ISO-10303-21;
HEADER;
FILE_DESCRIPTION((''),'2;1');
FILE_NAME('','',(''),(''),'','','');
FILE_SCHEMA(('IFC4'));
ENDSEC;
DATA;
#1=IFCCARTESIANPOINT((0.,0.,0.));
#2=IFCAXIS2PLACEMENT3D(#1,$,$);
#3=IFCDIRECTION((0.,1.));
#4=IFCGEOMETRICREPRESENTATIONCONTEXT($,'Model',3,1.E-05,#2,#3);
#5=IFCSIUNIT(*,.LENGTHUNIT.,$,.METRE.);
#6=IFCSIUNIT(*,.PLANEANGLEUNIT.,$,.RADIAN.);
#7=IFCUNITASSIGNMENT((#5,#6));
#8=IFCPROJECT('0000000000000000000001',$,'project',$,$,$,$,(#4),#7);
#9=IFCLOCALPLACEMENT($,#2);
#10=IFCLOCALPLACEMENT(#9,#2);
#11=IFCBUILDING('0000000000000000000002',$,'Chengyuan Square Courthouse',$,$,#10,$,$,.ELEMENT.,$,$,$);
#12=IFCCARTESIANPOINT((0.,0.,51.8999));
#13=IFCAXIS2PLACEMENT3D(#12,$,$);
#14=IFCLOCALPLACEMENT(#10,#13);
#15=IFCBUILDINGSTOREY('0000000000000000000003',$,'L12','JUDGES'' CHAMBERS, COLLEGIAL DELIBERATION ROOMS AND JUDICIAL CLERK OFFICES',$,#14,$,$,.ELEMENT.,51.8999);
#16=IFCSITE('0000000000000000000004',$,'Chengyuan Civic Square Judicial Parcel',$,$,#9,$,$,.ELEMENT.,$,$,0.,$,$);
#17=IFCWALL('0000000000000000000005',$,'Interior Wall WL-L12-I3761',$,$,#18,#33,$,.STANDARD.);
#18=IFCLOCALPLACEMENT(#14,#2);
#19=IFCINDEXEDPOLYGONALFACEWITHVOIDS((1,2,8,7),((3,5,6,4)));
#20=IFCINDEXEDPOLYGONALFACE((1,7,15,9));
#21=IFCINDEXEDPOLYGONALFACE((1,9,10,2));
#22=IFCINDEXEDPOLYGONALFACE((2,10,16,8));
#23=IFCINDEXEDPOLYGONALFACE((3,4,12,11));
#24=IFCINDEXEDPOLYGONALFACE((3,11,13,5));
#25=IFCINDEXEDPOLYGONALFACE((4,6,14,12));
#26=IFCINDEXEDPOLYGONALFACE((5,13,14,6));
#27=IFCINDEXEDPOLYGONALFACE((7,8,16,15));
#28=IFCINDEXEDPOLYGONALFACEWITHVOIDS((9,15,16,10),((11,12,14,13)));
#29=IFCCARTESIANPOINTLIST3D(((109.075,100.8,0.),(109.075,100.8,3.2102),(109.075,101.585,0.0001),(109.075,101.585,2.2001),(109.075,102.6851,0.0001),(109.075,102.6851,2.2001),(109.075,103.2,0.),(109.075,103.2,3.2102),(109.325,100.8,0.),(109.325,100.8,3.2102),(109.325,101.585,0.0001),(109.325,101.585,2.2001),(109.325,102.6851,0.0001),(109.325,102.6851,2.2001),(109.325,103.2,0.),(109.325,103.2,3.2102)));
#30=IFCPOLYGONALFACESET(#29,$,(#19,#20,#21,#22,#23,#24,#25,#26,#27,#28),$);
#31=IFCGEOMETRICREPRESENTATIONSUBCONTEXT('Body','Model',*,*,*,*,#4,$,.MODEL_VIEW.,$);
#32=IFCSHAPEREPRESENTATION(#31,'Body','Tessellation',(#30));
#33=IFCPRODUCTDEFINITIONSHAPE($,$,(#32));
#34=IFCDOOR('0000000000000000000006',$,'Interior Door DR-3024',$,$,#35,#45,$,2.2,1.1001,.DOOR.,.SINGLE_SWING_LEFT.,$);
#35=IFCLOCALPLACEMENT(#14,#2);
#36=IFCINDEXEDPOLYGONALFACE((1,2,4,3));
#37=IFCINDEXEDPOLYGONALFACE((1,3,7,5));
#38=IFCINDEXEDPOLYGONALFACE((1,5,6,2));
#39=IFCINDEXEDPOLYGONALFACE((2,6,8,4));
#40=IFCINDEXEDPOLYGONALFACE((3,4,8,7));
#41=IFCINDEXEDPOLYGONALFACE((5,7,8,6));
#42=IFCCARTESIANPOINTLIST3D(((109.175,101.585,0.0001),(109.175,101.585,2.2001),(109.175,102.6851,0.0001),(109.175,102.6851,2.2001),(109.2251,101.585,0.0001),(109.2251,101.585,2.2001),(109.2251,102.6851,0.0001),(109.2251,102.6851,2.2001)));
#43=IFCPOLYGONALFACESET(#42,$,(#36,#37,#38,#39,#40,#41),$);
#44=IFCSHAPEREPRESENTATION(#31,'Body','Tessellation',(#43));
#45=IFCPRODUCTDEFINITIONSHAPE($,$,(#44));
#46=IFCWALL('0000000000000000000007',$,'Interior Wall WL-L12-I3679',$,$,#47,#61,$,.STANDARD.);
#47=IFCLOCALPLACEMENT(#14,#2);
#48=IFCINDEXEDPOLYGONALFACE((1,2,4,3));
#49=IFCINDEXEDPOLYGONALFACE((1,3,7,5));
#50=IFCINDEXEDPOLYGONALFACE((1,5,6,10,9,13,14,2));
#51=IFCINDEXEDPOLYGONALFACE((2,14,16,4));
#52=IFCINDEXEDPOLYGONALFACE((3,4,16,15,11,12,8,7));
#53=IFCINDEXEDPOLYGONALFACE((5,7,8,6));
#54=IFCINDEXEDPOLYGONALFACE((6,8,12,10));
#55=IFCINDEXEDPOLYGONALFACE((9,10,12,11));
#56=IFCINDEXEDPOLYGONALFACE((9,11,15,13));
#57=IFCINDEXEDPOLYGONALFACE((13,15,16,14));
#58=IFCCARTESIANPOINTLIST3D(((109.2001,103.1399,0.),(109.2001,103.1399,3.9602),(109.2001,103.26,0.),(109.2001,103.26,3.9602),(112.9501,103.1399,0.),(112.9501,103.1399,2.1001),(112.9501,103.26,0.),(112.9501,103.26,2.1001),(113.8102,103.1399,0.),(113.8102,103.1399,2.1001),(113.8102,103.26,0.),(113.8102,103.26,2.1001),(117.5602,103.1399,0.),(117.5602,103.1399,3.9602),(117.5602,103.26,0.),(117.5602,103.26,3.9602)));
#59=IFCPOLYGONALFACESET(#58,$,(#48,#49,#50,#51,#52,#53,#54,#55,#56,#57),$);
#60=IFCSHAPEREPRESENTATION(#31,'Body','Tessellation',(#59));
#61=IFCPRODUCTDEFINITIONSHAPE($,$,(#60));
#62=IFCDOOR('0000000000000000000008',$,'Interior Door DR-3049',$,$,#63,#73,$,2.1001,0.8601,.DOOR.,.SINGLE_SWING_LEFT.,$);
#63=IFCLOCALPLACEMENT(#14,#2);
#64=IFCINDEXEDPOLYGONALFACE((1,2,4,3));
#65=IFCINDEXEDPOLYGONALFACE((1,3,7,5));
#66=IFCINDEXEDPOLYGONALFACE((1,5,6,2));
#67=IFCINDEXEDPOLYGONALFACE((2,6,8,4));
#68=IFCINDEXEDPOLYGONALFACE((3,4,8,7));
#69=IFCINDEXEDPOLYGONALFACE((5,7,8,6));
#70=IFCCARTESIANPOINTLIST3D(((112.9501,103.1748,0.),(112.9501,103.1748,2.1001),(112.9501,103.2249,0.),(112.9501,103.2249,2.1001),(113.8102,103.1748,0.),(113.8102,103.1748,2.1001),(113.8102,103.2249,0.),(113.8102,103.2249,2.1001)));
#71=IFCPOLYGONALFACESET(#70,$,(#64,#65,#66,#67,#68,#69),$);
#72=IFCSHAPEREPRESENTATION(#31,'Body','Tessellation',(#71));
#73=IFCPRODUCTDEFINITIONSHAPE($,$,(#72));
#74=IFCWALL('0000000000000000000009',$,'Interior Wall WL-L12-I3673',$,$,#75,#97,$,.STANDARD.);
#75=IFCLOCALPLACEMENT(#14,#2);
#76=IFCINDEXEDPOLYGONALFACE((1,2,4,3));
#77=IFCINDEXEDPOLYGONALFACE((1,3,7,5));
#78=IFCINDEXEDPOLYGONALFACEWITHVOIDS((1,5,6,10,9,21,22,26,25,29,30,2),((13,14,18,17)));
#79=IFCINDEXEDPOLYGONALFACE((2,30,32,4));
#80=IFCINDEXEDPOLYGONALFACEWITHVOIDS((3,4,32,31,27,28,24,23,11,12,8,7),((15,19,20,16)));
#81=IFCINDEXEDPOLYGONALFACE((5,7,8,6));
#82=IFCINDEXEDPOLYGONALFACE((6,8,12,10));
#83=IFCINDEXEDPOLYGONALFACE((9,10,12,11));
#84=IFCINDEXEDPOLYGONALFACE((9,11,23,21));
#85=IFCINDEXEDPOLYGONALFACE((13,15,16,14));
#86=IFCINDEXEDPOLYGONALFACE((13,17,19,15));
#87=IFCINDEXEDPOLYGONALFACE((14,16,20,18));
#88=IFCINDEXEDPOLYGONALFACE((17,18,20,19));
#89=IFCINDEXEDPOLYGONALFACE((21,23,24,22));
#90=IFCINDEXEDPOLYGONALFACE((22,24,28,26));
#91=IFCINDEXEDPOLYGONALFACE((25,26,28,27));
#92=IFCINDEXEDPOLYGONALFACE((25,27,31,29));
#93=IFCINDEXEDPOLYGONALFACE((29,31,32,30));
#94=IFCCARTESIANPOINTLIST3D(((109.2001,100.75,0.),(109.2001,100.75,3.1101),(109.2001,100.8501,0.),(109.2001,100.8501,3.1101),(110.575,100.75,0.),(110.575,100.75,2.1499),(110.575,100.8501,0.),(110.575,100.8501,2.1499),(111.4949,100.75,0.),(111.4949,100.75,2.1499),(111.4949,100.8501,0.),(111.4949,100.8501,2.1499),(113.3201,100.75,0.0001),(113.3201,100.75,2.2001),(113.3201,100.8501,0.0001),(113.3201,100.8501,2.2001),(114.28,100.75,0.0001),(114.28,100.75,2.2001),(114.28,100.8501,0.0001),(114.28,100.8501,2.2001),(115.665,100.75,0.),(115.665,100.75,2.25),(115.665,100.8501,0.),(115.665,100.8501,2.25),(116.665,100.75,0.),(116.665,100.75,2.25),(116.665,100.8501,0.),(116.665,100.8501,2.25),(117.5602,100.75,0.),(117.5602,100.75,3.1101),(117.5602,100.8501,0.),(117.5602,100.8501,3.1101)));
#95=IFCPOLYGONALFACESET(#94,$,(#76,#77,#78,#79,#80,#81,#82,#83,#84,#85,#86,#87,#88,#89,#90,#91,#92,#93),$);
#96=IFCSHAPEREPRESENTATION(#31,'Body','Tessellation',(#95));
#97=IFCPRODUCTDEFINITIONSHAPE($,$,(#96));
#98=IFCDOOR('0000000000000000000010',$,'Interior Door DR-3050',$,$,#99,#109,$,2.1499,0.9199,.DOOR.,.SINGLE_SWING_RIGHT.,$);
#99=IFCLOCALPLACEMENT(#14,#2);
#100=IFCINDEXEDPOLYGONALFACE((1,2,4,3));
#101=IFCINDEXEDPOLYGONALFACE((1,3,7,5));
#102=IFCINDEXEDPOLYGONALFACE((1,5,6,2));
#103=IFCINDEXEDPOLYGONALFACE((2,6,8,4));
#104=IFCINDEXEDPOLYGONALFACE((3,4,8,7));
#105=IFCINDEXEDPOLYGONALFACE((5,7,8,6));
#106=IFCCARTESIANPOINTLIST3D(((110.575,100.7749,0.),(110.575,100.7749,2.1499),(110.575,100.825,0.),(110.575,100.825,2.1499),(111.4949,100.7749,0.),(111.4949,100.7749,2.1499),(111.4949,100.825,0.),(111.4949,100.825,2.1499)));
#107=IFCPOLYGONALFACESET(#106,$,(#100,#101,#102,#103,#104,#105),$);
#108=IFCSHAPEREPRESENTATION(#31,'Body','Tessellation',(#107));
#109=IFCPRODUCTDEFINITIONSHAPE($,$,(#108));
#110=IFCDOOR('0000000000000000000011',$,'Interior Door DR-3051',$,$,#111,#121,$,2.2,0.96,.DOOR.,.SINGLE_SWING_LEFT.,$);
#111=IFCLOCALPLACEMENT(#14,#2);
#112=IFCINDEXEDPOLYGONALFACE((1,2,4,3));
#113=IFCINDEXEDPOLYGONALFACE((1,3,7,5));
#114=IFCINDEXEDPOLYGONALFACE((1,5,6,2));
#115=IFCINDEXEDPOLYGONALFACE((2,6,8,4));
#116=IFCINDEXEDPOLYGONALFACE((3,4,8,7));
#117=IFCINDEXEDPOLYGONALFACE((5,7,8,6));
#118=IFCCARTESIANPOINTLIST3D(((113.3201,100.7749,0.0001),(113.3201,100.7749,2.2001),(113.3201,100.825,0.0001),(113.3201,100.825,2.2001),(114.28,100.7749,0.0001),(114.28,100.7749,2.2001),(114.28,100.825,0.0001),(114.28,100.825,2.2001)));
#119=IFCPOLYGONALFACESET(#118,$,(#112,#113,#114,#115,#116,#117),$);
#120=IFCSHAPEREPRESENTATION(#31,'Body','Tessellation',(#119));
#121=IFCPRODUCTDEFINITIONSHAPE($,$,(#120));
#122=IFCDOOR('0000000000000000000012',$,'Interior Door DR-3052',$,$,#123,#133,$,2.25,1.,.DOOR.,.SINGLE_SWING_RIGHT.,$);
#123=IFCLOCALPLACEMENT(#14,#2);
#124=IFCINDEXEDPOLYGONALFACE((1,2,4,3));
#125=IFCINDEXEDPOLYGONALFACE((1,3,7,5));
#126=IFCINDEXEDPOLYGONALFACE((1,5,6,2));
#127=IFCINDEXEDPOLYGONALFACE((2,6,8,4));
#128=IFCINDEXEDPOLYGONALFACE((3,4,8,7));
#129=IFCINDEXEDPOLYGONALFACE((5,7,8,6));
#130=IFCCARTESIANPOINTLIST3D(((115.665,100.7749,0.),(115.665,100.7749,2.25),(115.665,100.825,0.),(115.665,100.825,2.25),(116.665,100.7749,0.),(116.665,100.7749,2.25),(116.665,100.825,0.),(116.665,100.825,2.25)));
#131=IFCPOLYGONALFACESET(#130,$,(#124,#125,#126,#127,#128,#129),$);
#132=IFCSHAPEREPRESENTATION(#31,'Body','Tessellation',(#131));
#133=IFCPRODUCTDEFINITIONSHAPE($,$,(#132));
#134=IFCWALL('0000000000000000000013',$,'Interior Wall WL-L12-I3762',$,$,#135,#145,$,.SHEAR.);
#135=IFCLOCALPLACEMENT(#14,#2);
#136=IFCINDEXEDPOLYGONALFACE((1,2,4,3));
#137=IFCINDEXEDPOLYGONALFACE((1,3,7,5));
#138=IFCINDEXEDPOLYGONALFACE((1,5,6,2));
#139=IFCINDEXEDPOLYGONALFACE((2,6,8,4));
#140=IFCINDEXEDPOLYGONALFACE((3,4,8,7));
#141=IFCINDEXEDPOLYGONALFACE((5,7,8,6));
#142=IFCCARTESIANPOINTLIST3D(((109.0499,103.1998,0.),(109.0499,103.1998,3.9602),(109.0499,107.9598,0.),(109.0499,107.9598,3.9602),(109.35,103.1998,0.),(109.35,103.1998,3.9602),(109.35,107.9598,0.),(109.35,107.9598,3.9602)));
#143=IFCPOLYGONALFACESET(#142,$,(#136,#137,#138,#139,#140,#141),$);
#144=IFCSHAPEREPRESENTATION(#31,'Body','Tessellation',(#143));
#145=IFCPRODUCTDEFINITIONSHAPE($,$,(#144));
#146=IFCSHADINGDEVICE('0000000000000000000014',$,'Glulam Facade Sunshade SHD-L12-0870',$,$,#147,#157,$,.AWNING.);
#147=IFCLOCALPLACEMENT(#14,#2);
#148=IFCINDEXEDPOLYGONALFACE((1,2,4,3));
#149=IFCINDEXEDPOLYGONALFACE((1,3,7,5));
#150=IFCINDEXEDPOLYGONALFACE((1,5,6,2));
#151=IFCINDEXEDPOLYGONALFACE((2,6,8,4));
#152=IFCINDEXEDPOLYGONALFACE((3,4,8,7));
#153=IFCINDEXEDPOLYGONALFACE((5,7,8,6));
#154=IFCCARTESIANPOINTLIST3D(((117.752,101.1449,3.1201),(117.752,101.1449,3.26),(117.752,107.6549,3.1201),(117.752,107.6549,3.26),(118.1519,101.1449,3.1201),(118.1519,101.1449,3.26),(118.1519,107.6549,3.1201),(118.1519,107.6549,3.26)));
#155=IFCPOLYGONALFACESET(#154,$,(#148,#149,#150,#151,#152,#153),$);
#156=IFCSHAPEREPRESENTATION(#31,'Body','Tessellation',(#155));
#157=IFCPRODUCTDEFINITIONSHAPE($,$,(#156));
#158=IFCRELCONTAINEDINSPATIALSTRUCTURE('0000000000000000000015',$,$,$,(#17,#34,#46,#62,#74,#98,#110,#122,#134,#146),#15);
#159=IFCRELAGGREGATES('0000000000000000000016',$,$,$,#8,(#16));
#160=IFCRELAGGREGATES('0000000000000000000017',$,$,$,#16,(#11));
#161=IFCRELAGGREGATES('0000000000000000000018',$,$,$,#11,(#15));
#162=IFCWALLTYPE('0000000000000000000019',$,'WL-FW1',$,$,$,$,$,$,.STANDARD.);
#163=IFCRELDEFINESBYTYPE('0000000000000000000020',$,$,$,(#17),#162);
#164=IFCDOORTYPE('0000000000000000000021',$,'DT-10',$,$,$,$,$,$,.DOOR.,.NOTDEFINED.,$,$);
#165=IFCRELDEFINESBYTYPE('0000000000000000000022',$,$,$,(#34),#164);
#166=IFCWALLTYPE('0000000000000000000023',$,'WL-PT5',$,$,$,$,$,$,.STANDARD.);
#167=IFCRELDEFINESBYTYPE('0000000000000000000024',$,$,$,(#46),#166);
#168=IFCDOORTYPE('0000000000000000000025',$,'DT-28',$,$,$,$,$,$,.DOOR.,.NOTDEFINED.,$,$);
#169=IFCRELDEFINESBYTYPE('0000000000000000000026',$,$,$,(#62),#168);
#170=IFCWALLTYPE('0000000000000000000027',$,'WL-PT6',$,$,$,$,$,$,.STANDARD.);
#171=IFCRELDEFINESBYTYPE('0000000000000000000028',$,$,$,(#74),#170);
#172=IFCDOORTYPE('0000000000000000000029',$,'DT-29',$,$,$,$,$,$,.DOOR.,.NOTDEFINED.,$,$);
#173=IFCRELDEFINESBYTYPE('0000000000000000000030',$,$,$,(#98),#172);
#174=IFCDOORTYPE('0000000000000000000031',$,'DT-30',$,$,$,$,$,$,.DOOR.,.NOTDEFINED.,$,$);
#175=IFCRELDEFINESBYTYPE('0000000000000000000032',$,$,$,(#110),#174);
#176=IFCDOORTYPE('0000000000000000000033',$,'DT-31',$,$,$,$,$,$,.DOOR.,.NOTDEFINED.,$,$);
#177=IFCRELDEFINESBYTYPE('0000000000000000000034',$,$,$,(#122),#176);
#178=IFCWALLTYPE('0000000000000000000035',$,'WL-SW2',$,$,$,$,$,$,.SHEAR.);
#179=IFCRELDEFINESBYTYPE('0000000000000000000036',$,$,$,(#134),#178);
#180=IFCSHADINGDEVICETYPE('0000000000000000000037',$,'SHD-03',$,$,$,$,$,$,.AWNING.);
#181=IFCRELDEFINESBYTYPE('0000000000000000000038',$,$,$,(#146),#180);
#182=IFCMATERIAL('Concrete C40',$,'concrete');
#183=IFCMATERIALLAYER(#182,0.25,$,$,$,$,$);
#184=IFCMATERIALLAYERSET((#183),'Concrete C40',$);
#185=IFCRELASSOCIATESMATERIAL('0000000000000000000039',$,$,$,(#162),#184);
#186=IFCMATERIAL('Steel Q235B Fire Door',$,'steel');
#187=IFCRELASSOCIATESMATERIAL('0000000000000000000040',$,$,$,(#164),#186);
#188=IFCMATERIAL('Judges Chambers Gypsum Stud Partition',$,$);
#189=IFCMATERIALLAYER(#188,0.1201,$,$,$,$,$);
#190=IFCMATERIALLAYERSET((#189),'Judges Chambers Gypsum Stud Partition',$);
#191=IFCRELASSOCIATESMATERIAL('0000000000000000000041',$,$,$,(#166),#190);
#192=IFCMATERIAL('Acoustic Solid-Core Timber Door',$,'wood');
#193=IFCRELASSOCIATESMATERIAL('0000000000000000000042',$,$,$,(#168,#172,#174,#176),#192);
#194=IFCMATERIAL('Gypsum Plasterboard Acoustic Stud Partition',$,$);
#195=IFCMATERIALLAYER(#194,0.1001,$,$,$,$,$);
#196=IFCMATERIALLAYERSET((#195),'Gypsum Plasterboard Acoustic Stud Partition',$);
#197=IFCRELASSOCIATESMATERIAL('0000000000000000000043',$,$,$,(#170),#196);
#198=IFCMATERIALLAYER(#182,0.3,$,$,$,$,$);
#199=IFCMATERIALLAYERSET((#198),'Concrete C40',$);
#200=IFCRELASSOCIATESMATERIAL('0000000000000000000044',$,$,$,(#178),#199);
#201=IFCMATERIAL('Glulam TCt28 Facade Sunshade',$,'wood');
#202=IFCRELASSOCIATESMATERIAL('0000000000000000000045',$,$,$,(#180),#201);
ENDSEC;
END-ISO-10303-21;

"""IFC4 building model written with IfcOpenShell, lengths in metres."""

from ifc_helpers import new_model, si_unit, direction, frame, frame_2d, origin, origin_2d, place, context, subcontext, project, spatial, rectangle, extrude, material, layer, layer_set, type_object, element, fill, save


model = new_model("IFC4")

# Units and contexts
model_context = context("Model", 3, precision=1e-05, world=origin(), true_north=direction((0.0, 1.0)))
body_context = subcontext(model_context, "Body", "Model", "MODEL_VIEW")
ifc_project = project(units=[si_unit("LENGTHUNIT", "METRE"), si_unit("PLANEANGLEUNIT", "RADIAN")], contexts=[model_context])

# Site, building, storey
site_placement = place(None, origin())
site = spatial("IfcSite", under=ifc_project, at=site_placement, Name="Chengyuan Civic Square Judicial Parcel", CompositionType="ELEMENT", RefElevation=0.0)
building_placement = place(site_placement, origin())
building = spatial("IfcBuilding", under=site, at=building_placement, Name="Chengyuan Square Courthouse", CompositionType="ELEMENT")
storey_placement = place(building_placement, frame((0.0, 0.0, 51.8999)))
storey = spatial("IfcBuildingStorey", under=building, at=storey_placement, Name="L12", Description="JUDGES' CHAMBERS, COLLEGIAL DELIBERATION ROOMS AND JUDICIAL CLERK OFFICES", CompositionType="ELEMENT", Elevation=51.8999)

# Shared definitions
ifc_material_1 = material(Name="Concrete C40", Category="concrete")

# Walls, openings, doors
ifc_layer_1 = layer(ifc_material_1, 0.25)
ifc_layer_set_1 = layer_set([ifc_layer_1], Name="Concrete C40")
wall_type_1 = type_object("IfcWallType", Name="WL-FW1", PredefinedType="STANDARD", material=ifc_layer_set_1)
wall_1_placement = place(storey_placement, frame((109.2, 100.8, 0.0), z_axis=(0.0, 0.0, 1.0), x_axis=(0.0, 1.0, 0.0)))
wall_1 = element("IfcWall", 1, at=wall_1_placement, inside=storey, type_object=wall_type_1, Name="Interior Wall WL-L12-I3761", PredefinedType="STANDARD", context=body_context, shape_type="SweptSolid", body=[
    extrude(rectangle(XDim=2.3999, YDim=0.25, at=frame_2d((1.2, 0.0))), origin(), (0.0, 0.0, 1.0), 3.2102),
])
opening_1_placement = place(wall_1_placement, frame((0.7849, 0.0, 0.0)))
opening_1 = element("IfcOpeningElement", 2, at=opening_1_placement, cuts=wall_1, PredefinedType="OPENING", context=body_context, shape_type="SweptSolid", body=[
    extrude(rectangle(XDim=1.1001, YDim=2.2, at=frame_2d((0.55, 1.1001))), frame((0.0, 0.137, 0.0), z_axis=(0.0, -1.0, 0.0), x_axis=(1.0, 0.0, 0.0)), (0.0, 0.0, 1.0), 0.2739),
])
ifc_material_2 = material(Name="Steel Q235B Fire Door", Category="steel")
door_type_1 = type_object("IfcDoorType", Name="DT-10", OperationType="NOTDEFINED", PredefinedType="DOOR", material=ifc_material_2)
door_1_placement = place(opening_1_placement, origin())
door_1 = element("IfcDoor", 3, at=door_1_placement, inside=storey, type_object=door_type_1, Name="Interior Door DR-3024", OperationType="SINGLE_SWING_LEFT", OverallHeight=2.2, OverallWidth=1.1001, PredefinedType="DOOR", context=body_context, shape_type="SweptSolid", body=[
    extrude(rectangle(XDim=1.1001, YDim=2.2, at=frame_2d((0.55, 1.1001))), frame((0.0, 0.0249, 0.0), z_axis=(0.0, -1.0, 0.0), x_axis=(1.0, 0.0, 0.0)), (0.0, 0.0, 1.0), 0.05),
])
fill(opening_1, door_1)
ifc_material_3 = material(Name="Judges Chambers Gypsum Stud Partition")
ifc_layer_2 = layer(ifc_material_3, 0.1201)
ifc_layer_set_2 = layer_set([ifc_layer_2], Name="Judges Chambers Gypsum Stud Partition")
wall_type_2 = type_object("IfcWallType", Name="WL-PT5", PredefinedType="STANDARD", material=ifc_layer_set_2)
wall_2_placement = place(storey_placement, frame((109.2, 103.2, 0.0), z_axis=(0.0, 0.0, 1.0), x_axis=(1.0, 0.0, 0.0)))
wall_2 = element("IfcWall", 4, at=wall_2_placement, inside=storey, type_object=wall_type_2, Name="Interior Wall WL-L12-I3679", PredefinedType="STANDARD", context=body_context, shape_type="SweptSolid", body=[
    extrude(rectangle(XDim=8.3601, YDim=0.1201, at=frame_2d((4.1802, 0.0))), origin(), (0.0, 0.0, 1.0), 3.9602),
])
opening_2_placement = place(wall_2_placement, frame((3.75, 0.0, 0.0)))
opening_2 = element("IfcOpeningElement", 5, at=opening_2_placement, cuts=wall_2, PredefinedType="OPENING", context=body_context, shape_type="SweptSolid", body=[
    extrude(rectangle(XDim=0.8601, YDim=2.1001, at=frame_2d((0.4302, 1.05))), frame((0.0, 0.072, 0.0), z_axis=(0.0, -1.0, 0.0), x_axis=(1.0, 0.0, 0.0)), (0.0, 0.0, 1.0), 0.144),
])
ifc_material_4 = material(Name="Acoustic Solid-Core Timber Door", Category="wood")
door_type_2 = type_object("IfcDoorType", Name="DT-28", OperationType="NOTDEFINED", PredefinedType="DOOR", material=ifc_material_4)
door_2_placement = place(opening_2_placement, origin())
door_2 = element("IfcDoor", 6, at=door_2_placement, inside=storey, type_object=door_type_2, Name="Interior Door DR-3049", OperationType="SINGLE_SWING_LEFT", OverallHeight=2.1001, OverallWidth=0.8601, PredefinedType="DOOR", context=body_context, shape_type="SweptSolid", body=[
    extrude(rectangle(XDim=0.8601, YDim=2.1001, at=frame_2d((0.4302, 1.05))), frame((0.0, 0.0249, 0.0), z_axis=(0.0, -1.0, 0.0), x_axis=(1.0, 0.0, 0.0)), (0.0, 0.0, 1.0), 0.05),
])
fill(opening_2, door_2)

# Wall, openings, doors
ifc_material_5 = material(Name="Gypsum Plasterboard Acoustic Stud Partition")
ifc_layer_3 = layer(ifc_material_5, 0.1001)
ifc_layer_set_3 = layer_set([ifc_layer_3], Name="Gypsum Plasterboard Acoustic Stud Partition")
wall_type_3 = type_object("IfcWallType", Name="WL-PT6", PredefinedType="STANDARD", material=ifc_layer_set_3)
wall_3_placement = place(storey_placement, frame((109.2, 100.8, 0.0), z_axis=(0.0, 0.0, 1.0), x_axis=(1.0, 0.0, 0.0)))
wall_3 = element("IfcWall", 7, at=wall_3_placement, inside=storey, type_object=wall_type_3, Name="Interior Wall WL-L12-I3673", PredefinedType="STANDARD", context=body_context, shape_type="SweptSolid", body=[
    extrude(rectangle(XDim=8.3601, YDim=0.1001, at=frame_2d((4.1802, 0.0))), origin(), (0.0, 0.0, 1.0), 3.1101),
])
opening_3_placement = place(wall_3_placement, frame((1.375, 0.0, 0.0)))
opening_3 = element("IfcOpeningElement", 8, at=opening_3_placement, cuts=wall_3, PredefinedType="OPENING", context=body_context, shape_type="SweptSolid", body=[
    extrude(rectangle(XDim=0.9199, YDim=2.1499, at=frame_2d((0.46, 1.075))), frame((0.0, 0.062, 0.0), z_axis=(0.0, -1.0, 0.0), x_axis=(1.0, 0.0, 0.0)), (0.0, 0.0, 1.0), 0.124),
])
opening_4_placement = place(wall_3_placement, frame((4.1201, 0.0, 0.0)))
opening_4 = element("IfcOpeningElement", 9, at=opening_4_placement, cuts=wall_3, PredefinedType="OPENING", context=body_context, shape_type="SweptSolid", body=[
    extrude(rectangle(XDim=0.96, YDim=2.2, at=frame_2d((0.48, 1.1001))), frame((0.0, 0.062, 0.0), z_axis=(0.0, -1.0, 0.0), x_axis=(1.0, 0.0, 0.0)), (0.0, 0.0, 1.0), 0.124),
])
opening_5_placement = place(wall_3_placement, frame((6.4651, 0.0, 0.0)))
opening_5 = element("IfcOpeningElement", 10, at=opening_5_placement, cuts=wall_3, PredefinedType="OPENING", context=body_context, shape_type="SweptSolid", body=[
    extrude(rectangle(XDim=1.0, YDim=2.25, at=frame_2d((0.5, 1.125))), frame((0.0, 0.062, 0.0), z_axis=(0.0, -1.0, 0.0), x_axis=(1.0, 0.0, 0.0)), (0.0, 0.0, 1.0), 0.124),
])
door_type_3 = type_object("IfcDoorType", Name="DT-29", OperationType="NOTDEFINED", PredefinedType="DOOR", material=ifc_material_4)
door_3_placement = place(opening_3_placement, origin())
door_3 = element("IfcDoor", 11, at=door_3_placement, inside=storey, type_object=door_type_3, Name="Interior Door DR-3050", OperationType="SINGLE_SWING_RIGHT", OverallHeight=2.1499, OverallWidth=0.9199, PredefinedType="DOOR", context=body_context, shape_type="SweptSolid", body=[
    extrude(rectangle(XDim=0.9199, YDim=2.1499, at=frame_2d((0.46, 1.075))), frame((0.0, 0.0249, 0.0), z_axis=(0.0, -1.0, 0.0), x_axis=(1.0, 0.0, 0.0)), (0.0, 0.0, 1.0), 0.05),
])
fill(opening_3, door_3)
door_type_4 = type_object("IfcDoorType", Name="DT-30", OperationType="NOTDEFINED", PredefinedType="DOOR", material=ifc_material_4)
door_4_placement = place(opening_4_placement, origin())
door_4 = element("IfcDoor", 12, at=door_4_placement, inside=storey, type_object=door_type_4, Name="Interior Door DR-3051", OperationType="SINGLE_SWING_LEFT", OverallHeight=2.2, OverallWidth=0.96, PredefinedType="DOOR", context=body_context, shape_type="SweptSolid", body=[
    extrude(rectangle(XDim=0.96, YDim=2.2, at=frame_2d((0.48, 1.1001))), frame((0.0, 0.0249, 0.0), z_axis=(0.0, -1.0, 0.0), x_axis=(1.0, 0.0, 0.0)), (0.0, 0.0, 1.0), 0.05),
])
fill(opening_4, door_4)
door_type_5 = type_object("IfcDoorType", Name="DT-31", OperationType="NOTDEFINED", PredefinedType="DOOR", material=ifc_material_4)
door_5_placement = place(opening_5_placement, origin())
door_5 = element("IfcDoor", 13, at=door_5_placement, inside=storey, type_object=door_type_5, Name="Interior Door DR-3052", OperationType="SINGLE_SWING_RIGHT", OverallHeight=2.25, OverallWidth=1.0, PredefinedType="DOOR", context=body_context, shape_type="SweptSolid", body=[
    extrude(rectangle(XDim=1.0, YDim=2.25, at=frame_2d((0.5, 1.125))), frame((0.0, 0.0249, 0.0), z_axis=(0.0, -1.0, 0.0), x_axis=(1.0, 0.0, 0.0)), (0.0, 0.0, 1.0), 0.05),
])
fill(opening_5, door_5)

# Wall
ifc_layer_4 = layer(ifc_material_1, 0.3)
ifc_layer_set_4 = layer_set([ifc_layer_4], Name="Concrete C40")
wall_type_4 = type_object("IfcWallType", Name="WL-SW2", PredefinedType="SHEAR", material=ifc_layer_set_4)
wall_4_placement = place(storey_placement, frame((109.2, 103.2, 0.0), z_axis=(0.0, 0.0, 1.0), x_axis=(0.0, 1.0, 0.0)))
element("IfcWall", 14, at=wall_4_placement, inside=storey, type_object=wall_type_4, Name="Interior Wall WL-L12-I3762", PredefinedType="SHEAR", context=body_context, shape_type="SweptSolid", body=[
    extrude(rectangle(XDim=4.76, YDim=0.3, at=frame_2d((2.3799, 0.0))), origin(), (0.0, 0.0, 1.0), 3.9602),
])

# Shading device
ifc_material_6 = material(Name="Glulam TCt28 Facade Sunshade", Category="wood")
shading_device_type = type_object("IfcShadingDeviceType", Name="SHD-03", PredefinedType="AWNING", material=ifc_material_6)
shading_device_placement = place(storey_placement, frame((117.9519, 104.3999, 3.1201), z_axis=(0.0, 0.0, 1.0), x_axis=(0.0, 1.0, 0.0)))
element("IfcShadingDevice", 15, at=shading_device_placement, inside=storey, type_object=shading_device_type, Name="Glulam Facade Sunshade SHD-L12-0870", PredefinedType="AWNING", context=body_context, shape_type="SweptSolid", body=[
    extrude(rectangle(XDim=6.51, YDim=0.3999, at=origin_2d()), origin(), (0.0, 0.0, 1.0), 0.1399),
])

save(model, "model.ifc")
